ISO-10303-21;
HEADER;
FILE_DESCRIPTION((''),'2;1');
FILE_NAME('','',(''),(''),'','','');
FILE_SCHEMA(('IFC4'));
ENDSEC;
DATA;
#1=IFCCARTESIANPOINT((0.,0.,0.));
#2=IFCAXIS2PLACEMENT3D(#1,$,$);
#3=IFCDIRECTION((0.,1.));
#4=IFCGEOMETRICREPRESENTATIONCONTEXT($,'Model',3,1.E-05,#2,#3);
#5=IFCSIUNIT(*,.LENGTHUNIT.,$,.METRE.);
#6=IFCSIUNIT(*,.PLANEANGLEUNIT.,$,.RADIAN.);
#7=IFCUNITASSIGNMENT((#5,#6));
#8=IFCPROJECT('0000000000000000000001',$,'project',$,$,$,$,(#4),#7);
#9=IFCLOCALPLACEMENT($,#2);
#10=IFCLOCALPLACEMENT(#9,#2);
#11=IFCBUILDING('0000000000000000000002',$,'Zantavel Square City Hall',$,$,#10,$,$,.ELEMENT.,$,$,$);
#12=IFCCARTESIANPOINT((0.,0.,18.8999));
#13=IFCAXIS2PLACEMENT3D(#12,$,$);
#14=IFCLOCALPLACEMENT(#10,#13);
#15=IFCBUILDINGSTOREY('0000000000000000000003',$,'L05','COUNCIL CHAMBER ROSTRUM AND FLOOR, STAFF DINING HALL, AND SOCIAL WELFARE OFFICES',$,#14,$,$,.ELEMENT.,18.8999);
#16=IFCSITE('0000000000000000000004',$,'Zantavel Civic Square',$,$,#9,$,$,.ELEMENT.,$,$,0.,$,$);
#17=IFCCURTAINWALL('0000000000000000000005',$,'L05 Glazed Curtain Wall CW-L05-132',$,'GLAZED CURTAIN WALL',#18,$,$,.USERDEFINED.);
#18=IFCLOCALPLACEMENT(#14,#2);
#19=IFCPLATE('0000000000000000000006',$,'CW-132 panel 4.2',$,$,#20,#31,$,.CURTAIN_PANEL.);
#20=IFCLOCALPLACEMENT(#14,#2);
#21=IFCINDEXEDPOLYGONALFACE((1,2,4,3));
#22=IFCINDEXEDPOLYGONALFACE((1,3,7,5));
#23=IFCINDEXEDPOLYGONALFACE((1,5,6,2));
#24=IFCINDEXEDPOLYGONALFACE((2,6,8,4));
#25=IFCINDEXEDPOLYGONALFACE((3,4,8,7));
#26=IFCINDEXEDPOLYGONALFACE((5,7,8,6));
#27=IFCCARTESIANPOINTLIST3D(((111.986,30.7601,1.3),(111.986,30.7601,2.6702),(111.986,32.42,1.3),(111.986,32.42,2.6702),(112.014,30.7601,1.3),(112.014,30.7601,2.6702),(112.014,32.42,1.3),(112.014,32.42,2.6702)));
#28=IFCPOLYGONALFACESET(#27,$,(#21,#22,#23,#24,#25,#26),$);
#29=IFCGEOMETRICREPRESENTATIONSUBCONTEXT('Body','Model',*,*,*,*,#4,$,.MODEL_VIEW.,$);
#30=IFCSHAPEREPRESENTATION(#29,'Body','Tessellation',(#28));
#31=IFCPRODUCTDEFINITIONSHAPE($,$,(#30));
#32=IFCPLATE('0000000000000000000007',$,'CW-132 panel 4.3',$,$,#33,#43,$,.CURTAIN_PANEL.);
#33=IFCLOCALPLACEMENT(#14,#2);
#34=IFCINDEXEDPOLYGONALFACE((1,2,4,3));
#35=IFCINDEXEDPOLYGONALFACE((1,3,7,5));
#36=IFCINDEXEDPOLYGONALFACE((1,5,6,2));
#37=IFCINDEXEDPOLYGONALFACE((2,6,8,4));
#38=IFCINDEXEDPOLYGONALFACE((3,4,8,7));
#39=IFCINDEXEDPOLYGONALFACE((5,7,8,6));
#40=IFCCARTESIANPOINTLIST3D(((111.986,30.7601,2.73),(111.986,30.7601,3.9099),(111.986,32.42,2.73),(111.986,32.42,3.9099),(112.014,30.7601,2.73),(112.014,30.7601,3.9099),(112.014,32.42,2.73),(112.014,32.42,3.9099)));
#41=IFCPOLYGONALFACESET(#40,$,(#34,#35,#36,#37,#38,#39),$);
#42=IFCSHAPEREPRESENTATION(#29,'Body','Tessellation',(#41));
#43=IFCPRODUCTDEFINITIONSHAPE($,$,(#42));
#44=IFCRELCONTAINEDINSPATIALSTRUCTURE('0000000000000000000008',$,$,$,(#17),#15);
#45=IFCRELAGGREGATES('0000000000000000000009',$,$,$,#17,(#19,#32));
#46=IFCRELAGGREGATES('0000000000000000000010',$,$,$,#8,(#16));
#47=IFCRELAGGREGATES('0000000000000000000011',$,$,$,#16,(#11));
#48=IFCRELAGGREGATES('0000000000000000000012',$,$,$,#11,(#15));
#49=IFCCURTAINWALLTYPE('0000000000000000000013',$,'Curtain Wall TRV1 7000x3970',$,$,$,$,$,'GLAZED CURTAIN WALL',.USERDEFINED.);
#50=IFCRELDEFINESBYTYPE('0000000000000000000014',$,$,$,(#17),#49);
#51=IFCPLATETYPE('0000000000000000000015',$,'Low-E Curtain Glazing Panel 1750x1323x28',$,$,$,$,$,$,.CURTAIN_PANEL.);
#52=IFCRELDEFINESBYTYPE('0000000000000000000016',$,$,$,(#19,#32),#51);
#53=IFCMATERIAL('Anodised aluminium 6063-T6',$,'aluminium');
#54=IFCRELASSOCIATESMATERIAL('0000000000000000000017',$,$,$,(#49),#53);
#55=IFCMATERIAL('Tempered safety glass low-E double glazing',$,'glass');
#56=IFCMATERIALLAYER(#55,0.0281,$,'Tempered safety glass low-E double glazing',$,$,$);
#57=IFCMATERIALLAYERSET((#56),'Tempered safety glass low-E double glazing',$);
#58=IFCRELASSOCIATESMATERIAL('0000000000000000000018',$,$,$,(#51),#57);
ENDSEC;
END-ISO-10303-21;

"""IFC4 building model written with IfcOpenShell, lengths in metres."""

from ifc_helpers import new_model, si_unit, direction, frame, origin, origin_2d, place, context, subcontext, project, spatial, rectangle, extrude, material, layer, layer_set, type_object, element, aggregate, save


model = new_model("IFC4")

# Units and contexts
model_context = context("Model", 3, precision=1e-05, world=origin(), true_north=direction((0.0, 1.0)))
body_context = subcontext(model_context, "Body", "Model", "MODEL_VIEW")
ifc_project = project(units=[si_unit("LENGTHUNIT", "METRE"), si_unit("PLANEANGLEUNIT", "RADIAN")], contexts=[model_context])

# Site, building, storey
site_placement = place(None, origin())
site = spatial("IfcSite", under=ifc_project, at=site_placement, Name="Zantavel Civic Square", CompositionType="ELEMENT", RefElevation=0.0)
building_placement = place(site_placement, origin())
building = spatial("IfcBuilding", under=site, at=building_placement, Name="Zantavel Square City Hall", CompositionType="ELEMENT")
storey_placement = place(building_placement, frame((0.0, 0.0, 18.8999)))
storey = spatial("IfcBuildingStorey", under=building, at=storey_placement, Name="L05", Description="COUNCIL CHAMBER ROSTRUM AND FLOOR, STAFF DINING HALL, AND SOCIAL WELFARE OFFICES", CompositionType="ELEMENT", Elevation=18.8999)

# Curtain wall
ifc_material_1 = material(Name="Anodised aluminium 6063-T6", Category="aluminium")
curtain_wall_type_1 = type_object("IfcCurtainWallType", Name="Curtain Wall TRV1 7000x3970", ElementType="GLAZED CURTAIN WALL", PredefinedType="USERDEFINED", material=ifc_material_1)
curtain_wall_1_placement = place(storey_placement, origin())
curtain_wall_1 = element("IfcCurtainWall", 1, at=curtain_wall_1_placement, inside=storey, type_object=curtain_wall_type_1, Name="L05 Glazed Curtain Wall CW-L05-132", ObjectType="GLAZED CURTAIN WALL", PredefinedType="USERDEFINED")

# Plates
ifc_material_2 = material(Name="Tempered safety glass low-E double glazing", Category="glass")
ifc_layer_1 = layer(ifc_material_2, 0.0281, Name="Tempered safety glass low-E double glazing")
ifc_layer_set_1 = layer_set([ifc_layer_1], Name="Tempered safety glass low-E double glazing")
plate_type_1 = type_object("IfcPlateType", Name="Low-E Curtain Glazing Panel 1750x1323x28", PredefinedType="CURTAIN_PANEL", material=ifc_layer_set_1)
plate_1_placement = place(storey_placement, frame((112.0, 31.5901, 1.3), z_axis=(0.0, 0.0, 1.0), x_axis=(0.0, -1.0, 0.0)))
plate_1 = element("IfcPlate", 2, at=plate_1_placement, type_object=plate_type_1, Name="CW-132 panel 4.2", PredefinedType="CURTAIN_PANEL", context=body_context, shape_type="SweptSolid", body=[
    extrude(rectangle(XDim=1.6599, YDim=0.0281, at=origin_2d()), origin(), (0.0, 0.0, 1.0), 1.3701),
])
plate_2_placement = place(storey_placement, frame((112.0, 31.5901, 2.73), z_axis=(0.0, 0.0, 1.0), x_axis=(0.0, -1.0, 0.0)))
plate_2 = element("IfcPlate", 3, at=plate_2_placement, type_object=plate_type_1, Name="CW-132 panel 4.3", PredefinedType="CURTAIN_PANEL", context=body_context, shape_type="SweptSolid", body=[
    extrude(rectangle(XDim=1.6599, YDim=0.0281, at=origin_2d()), origin(), (0.0, 0.0, 1.0), 1.1799),
])
aggregate(curtain_wall_1, [plate_1, plate_2])

save(model, "model.ifc")
